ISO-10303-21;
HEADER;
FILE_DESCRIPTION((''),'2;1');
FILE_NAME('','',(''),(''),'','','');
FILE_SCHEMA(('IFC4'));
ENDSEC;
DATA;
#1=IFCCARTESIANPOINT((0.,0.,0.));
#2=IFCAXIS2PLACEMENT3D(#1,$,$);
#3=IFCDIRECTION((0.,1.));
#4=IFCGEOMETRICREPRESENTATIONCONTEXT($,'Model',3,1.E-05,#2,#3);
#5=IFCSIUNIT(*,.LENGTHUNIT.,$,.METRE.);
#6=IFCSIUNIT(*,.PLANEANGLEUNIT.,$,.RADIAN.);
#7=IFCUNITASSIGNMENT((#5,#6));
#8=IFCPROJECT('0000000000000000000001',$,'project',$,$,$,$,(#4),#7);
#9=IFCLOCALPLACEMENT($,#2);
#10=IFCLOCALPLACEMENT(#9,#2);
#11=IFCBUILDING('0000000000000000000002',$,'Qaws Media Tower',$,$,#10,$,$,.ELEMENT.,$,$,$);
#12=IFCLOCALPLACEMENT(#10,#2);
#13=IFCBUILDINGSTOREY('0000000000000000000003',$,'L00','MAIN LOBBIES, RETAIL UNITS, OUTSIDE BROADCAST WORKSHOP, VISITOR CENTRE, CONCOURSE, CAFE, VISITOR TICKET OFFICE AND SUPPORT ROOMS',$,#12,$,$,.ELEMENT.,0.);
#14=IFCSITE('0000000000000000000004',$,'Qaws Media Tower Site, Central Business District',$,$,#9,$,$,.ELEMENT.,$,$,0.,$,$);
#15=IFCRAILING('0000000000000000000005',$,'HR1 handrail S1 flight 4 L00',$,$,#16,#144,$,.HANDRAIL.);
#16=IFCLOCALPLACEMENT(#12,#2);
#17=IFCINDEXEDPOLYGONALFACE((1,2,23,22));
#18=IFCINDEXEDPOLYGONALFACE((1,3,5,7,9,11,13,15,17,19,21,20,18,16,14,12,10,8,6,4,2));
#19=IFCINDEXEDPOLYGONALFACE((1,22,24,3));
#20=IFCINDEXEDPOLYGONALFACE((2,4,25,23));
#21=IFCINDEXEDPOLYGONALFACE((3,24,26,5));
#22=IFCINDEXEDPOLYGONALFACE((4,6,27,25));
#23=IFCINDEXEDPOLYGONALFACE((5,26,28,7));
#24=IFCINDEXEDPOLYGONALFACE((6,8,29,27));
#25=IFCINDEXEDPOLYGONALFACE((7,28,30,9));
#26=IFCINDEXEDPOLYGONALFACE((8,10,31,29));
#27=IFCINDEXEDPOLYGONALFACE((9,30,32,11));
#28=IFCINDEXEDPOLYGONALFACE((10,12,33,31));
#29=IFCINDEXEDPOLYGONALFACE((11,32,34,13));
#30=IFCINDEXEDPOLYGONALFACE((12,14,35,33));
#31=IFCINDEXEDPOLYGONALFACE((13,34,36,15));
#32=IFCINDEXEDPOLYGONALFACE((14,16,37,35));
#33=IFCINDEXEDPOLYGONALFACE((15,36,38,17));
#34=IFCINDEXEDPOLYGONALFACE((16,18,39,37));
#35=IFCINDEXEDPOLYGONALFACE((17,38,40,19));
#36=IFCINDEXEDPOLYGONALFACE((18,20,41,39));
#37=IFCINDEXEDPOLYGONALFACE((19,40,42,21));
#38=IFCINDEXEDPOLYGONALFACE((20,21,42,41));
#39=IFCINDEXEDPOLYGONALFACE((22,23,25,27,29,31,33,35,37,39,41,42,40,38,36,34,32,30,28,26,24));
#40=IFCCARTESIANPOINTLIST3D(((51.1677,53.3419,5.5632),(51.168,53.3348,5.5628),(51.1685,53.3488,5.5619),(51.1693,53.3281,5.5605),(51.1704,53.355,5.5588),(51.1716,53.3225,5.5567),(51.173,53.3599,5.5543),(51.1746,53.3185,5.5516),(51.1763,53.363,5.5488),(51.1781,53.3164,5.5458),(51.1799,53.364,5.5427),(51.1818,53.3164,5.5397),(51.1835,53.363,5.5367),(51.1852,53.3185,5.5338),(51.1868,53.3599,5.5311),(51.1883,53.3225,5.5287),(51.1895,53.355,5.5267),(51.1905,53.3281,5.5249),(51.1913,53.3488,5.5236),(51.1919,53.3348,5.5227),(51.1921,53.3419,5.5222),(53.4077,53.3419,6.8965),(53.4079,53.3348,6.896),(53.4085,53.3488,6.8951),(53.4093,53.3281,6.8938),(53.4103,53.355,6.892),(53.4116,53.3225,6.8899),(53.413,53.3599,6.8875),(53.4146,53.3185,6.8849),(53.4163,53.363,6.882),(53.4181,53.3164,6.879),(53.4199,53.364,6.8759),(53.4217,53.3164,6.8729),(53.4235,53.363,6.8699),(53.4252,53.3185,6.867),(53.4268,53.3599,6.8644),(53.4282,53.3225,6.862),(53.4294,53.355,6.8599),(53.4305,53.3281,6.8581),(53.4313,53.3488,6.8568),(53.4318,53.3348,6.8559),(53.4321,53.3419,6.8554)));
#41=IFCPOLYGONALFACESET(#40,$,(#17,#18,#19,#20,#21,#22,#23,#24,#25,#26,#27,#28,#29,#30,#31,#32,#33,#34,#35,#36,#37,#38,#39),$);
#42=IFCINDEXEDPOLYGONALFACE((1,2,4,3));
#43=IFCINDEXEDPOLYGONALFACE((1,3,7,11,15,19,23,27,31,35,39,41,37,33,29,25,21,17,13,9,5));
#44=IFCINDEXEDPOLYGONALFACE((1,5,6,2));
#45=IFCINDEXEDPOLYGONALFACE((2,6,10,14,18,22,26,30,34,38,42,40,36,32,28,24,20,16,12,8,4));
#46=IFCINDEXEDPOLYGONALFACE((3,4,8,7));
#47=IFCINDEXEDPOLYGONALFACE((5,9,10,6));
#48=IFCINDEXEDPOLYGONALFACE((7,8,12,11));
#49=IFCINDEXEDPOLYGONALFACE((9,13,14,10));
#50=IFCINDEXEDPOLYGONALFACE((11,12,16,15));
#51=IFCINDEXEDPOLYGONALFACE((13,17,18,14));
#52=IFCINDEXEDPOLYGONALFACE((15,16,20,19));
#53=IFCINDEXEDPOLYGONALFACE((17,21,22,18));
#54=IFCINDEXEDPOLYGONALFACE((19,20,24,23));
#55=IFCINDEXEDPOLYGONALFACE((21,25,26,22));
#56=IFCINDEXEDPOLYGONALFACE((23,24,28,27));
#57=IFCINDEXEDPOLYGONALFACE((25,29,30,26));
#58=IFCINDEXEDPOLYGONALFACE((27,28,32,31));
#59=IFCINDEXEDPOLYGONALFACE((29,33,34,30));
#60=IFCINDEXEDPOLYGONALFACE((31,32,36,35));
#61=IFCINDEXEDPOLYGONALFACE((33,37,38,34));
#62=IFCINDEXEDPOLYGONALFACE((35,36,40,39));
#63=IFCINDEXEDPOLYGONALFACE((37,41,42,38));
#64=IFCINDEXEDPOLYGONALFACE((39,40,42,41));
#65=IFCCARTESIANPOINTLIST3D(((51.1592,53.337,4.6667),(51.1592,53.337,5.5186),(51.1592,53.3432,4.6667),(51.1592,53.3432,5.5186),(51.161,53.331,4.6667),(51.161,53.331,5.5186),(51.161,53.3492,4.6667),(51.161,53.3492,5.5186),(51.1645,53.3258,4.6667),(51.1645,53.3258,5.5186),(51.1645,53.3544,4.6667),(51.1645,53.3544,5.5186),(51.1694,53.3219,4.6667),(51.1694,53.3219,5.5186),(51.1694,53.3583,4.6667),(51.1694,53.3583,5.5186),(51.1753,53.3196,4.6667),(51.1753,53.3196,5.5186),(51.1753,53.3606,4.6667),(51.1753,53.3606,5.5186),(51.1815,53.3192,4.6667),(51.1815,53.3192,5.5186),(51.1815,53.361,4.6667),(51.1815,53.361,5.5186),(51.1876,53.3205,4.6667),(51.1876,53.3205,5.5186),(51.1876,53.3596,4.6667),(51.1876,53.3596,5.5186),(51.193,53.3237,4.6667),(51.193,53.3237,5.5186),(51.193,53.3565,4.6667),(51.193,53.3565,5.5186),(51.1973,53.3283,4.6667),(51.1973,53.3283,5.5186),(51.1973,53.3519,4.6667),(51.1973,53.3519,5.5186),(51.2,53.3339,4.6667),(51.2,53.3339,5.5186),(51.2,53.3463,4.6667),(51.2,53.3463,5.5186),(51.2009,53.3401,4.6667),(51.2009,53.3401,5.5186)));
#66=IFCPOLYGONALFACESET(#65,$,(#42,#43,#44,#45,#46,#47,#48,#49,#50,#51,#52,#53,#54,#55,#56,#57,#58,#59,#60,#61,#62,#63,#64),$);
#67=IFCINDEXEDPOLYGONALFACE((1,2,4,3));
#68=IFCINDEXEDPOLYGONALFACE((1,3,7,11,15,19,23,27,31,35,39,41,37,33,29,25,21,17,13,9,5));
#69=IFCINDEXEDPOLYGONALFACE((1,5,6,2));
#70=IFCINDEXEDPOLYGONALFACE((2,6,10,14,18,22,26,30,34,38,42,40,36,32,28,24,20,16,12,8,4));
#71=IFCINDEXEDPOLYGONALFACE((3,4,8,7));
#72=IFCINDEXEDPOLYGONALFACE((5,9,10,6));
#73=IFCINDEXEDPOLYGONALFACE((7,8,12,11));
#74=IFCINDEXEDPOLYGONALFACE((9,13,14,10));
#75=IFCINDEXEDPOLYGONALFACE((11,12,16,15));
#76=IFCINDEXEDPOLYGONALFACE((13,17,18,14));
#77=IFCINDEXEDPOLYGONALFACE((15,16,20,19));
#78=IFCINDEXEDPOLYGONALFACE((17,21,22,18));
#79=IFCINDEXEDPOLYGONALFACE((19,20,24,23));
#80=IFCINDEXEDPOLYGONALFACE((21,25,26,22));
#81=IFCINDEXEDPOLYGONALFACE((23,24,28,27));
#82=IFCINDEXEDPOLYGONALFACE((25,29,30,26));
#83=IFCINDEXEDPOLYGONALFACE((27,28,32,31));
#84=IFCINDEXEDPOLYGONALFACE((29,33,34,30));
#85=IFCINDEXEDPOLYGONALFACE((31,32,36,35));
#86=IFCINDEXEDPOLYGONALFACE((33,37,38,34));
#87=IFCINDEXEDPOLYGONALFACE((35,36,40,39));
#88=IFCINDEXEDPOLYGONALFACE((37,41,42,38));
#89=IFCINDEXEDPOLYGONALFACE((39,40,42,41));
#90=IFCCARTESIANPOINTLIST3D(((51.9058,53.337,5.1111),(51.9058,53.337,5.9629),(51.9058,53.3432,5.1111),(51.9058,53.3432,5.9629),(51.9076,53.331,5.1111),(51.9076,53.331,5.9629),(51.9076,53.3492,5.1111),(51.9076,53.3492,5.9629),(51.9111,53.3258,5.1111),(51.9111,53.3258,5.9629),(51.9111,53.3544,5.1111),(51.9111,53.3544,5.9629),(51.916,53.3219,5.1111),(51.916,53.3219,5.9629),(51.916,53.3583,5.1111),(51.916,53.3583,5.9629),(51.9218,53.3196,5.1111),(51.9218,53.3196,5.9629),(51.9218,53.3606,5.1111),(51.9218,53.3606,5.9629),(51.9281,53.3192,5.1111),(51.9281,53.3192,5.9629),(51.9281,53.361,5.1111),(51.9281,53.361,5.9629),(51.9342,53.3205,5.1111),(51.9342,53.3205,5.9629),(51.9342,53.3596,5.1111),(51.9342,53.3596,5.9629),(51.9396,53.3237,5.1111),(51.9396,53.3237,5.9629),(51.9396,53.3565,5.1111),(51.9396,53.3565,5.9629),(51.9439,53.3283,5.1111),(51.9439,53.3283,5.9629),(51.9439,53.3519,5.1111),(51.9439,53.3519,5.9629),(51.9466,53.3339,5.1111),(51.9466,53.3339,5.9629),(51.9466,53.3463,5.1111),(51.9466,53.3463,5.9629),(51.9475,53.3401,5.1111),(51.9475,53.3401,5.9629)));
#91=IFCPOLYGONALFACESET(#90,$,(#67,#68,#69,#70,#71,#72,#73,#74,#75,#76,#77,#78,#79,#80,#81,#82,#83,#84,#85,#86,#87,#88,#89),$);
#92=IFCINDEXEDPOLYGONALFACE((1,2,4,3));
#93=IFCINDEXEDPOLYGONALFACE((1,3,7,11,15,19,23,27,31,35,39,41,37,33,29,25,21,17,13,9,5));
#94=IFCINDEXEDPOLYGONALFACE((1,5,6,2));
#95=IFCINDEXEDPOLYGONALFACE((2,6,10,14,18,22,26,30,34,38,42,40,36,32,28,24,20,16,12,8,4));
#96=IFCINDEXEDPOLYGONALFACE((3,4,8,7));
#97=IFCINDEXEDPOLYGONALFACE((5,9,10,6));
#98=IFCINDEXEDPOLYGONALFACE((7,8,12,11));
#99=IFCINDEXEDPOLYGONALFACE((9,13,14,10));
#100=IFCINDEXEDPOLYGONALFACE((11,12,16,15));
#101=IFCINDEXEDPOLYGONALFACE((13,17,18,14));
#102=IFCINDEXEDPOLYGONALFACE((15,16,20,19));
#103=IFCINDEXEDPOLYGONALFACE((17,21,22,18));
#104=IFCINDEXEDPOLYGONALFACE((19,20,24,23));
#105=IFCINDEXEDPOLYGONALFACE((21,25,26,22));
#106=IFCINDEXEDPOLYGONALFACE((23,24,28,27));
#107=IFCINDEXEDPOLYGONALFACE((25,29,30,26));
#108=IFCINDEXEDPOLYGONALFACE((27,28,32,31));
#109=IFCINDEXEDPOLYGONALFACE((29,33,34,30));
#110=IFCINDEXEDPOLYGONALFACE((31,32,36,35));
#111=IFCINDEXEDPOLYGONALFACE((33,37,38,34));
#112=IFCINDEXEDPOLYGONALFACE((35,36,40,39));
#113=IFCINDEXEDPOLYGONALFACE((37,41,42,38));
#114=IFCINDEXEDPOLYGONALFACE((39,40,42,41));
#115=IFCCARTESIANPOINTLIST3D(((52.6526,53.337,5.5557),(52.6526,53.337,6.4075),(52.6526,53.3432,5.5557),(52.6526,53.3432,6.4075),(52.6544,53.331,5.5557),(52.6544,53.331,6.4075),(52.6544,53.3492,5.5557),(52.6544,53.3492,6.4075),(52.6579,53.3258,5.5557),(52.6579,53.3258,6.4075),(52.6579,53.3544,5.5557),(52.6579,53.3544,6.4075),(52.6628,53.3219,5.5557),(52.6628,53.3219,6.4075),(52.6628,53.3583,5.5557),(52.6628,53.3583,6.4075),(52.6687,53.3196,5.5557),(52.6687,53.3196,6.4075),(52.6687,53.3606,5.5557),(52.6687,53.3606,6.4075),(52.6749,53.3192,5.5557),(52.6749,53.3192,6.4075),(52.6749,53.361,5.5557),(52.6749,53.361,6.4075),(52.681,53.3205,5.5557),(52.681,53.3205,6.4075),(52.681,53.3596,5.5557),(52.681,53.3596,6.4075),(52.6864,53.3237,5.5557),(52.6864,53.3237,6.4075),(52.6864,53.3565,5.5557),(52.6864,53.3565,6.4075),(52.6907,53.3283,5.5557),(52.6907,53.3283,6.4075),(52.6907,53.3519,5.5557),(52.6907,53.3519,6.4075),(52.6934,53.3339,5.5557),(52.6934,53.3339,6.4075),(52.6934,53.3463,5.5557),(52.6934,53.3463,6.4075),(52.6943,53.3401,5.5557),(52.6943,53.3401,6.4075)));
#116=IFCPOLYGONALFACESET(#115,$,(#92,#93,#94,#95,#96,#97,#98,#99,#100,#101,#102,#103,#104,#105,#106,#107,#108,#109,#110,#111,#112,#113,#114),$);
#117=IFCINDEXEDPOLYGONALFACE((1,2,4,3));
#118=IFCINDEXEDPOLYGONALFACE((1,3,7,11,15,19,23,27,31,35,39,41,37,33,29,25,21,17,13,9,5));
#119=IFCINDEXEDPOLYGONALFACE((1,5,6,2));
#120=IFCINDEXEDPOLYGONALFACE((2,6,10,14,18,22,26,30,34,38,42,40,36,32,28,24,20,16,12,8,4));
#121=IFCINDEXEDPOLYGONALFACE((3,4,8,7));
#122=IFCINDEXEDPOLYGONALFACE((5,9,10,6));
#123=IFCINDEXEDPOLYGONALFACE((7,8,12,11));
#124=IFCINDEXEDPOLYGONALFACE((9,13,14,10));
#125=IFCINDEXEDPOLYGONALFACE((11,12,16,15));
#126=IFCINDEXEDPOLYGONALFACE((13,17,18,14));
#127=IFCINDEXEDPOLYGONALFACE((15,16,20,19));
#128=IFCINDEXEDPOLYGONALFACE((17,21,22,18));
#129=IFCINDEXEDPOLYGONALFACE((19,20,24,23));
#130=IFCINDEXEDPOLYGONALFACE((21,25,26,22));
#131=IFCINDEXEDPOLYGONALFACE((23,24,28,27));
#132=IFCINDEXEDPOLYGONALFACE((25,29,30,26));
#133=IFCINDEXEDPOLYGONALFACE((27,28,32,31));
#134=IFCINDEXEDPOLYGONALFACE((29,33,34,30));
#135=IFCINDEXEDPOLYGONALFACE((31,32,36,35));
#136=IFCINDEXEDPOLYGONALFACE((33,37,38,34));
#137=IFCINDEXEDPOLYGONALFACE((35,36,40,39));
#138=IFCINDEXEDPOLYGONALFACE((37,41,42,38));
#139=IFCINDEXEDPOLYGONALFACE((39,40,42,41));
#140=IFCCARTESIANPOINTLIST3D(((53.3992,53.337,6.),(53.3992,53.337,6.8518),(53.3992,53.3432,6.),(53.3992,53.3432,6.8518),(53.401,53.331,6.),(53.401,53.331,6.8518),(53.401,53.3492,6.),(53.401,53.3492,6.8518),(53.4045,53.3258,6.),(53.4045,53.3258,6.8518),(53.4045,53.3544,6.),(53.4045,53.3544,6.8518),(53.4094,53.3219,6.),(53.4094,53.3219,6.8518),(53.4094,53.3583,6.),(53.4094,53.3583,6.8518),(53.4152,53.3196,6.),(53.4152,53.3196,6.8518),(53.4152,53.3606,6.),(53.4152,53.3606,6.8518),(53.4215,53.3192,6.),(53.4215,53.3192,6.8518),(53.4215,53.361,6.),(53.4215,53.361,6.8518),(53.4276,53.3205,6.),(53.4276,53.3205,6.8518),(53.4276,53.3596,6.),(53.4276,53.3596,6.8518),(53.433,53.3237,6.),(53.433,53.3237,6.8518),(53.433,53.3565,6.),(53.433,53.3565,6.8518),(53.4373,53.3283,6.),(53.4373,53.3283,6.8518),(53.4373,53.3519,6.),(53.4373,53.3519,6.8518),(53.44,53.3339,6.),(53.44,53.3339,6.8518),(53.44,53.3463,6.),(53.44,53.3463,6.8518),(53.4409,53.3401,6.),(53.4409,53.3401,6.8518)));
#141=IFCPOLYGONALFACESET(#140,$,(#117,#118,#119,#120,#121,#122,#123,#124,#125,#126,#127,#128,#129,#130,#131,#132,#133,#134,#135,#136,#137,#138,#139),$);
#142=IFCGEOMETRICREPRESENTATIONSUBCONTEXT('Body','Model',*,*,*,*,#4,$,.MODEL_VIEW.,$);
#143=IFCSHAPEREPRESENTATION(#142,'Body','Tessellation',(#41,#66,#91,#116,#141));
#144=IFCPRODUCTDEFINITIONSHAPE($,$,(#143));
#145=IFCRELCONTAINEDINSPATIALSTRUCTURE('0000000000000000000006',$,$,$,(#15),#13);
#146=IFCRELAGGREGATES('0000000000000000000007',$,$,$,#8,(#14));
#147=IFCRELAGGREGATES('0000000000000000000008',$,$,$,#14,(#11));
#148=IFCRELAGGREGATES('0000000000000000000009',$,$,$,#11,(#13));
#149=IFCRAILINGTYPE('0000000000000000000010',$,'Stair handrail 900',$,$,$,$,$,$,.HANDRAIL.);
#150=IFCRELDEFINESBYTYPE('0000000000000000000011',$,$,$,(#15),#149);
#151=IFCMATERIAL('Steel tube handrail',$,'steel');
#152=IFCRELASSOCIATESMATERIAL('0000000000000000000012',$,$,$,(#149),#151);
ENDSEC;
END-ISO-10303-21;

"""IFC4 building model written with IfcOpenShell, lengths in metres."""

from ifc_helpers import new_model, si_unit, direction, frame, origin, origin_2d, place, context, subcontext, project, spatial, circle, extrude, material, type_object, element, save


model = new_model("IFC4")

# Units and contexts
model_context = context("Model", 3, precision=1e-05, world=origin(), true_north=direction((0.0, 1.0)))
body_context = subcontext(model_context, "Body", "Model", "MODEL_VIEW")
ifc_project = project(units=[si_unit("LENGTHUNIT", "METRE"), si_unit("PLANEANGLEUNIT", "RADIAN")], contexts=[model_context])

# Site, building, storey
site_placement = place(None, origin())
site = spatial("IfcSite", under=ifc_project, at=site_placement, Name="Qaws Media Tower Site, Central Business District", CompositionType="ELEMENT", RefElevation=0.0)
building_placement = place(site_placement, origin())
building = spatial("IfcBuilding", under=site, at=building_placement, Name="Qaws Media Tower", CompositionType="ELEMENT")
storey_placement = place(building_placement, origin())
storey = spatial("IfcBuildingStorey", under=building, at=storey_placement, Name="L00", Description="MAIN LOBBIES, RETAIL UNITS, OUTSIDE BROADCAST WORKSHOP, VISITOR CENTRE, CONCOURSE, CAFE, VISITOR TICKET OFFICE AND SUPPORT ROOMS", CompositionType="ELEMENT", Elevation=0.0)

# Railing
ifc_material_1 = material(Name="Steel tube handrail", Category="steel")
railing_type = type_object("IfcRailingType", Name="Stair handrail 900", PredefinedType="HANDRAIL", material=ifc_material_1)
for number, where, name in (
    (1, (51.1799, 53.3401, 4.6667), "HR1 handrail S1 flight 4 L00"),
):
    element("IfcRailing", number, at=place(storey_placement, frame(where)), inside=storey, type_object=railing_type, Name=name, PredefinedType="HANDRAIL", context=body_context, shape_type="SweptSolid", body=[
        extrude(circle(Radius=0.0239, at=origin_2d()), frame((0.0, 0.0, 0.876), z_axis=(0.859306, 0.0, 0.511462), x_axis=(0.0, 1.0, 0.0)), (0.0, 0.0, 1.0), 2.6067),
        extrude(circle(Radius=0.021, at=origin_2d()), origin(), (0.0, 0.0, 1.0), 0.8518),
        extrude(circle(Radius=0.021, at=origin_2d()), frame((0.7466, 0.0, 0.4443)), (0.0, 0.0, 1.0), 0.8518),
        extrude(circle(Radius=0.021, at=origin_2d()), frame((1.4934, 0.0, 0.8889)), (0.0, 0.0, 1.0), 0.8518),
        extrude(circle(Radius=0.021, at=origin_2d()), frame((2.24, 0.0, 1.3333)), (0.0, 0.0, 1.0), 0.8518),
    ])

save(model, "model.ifc")
